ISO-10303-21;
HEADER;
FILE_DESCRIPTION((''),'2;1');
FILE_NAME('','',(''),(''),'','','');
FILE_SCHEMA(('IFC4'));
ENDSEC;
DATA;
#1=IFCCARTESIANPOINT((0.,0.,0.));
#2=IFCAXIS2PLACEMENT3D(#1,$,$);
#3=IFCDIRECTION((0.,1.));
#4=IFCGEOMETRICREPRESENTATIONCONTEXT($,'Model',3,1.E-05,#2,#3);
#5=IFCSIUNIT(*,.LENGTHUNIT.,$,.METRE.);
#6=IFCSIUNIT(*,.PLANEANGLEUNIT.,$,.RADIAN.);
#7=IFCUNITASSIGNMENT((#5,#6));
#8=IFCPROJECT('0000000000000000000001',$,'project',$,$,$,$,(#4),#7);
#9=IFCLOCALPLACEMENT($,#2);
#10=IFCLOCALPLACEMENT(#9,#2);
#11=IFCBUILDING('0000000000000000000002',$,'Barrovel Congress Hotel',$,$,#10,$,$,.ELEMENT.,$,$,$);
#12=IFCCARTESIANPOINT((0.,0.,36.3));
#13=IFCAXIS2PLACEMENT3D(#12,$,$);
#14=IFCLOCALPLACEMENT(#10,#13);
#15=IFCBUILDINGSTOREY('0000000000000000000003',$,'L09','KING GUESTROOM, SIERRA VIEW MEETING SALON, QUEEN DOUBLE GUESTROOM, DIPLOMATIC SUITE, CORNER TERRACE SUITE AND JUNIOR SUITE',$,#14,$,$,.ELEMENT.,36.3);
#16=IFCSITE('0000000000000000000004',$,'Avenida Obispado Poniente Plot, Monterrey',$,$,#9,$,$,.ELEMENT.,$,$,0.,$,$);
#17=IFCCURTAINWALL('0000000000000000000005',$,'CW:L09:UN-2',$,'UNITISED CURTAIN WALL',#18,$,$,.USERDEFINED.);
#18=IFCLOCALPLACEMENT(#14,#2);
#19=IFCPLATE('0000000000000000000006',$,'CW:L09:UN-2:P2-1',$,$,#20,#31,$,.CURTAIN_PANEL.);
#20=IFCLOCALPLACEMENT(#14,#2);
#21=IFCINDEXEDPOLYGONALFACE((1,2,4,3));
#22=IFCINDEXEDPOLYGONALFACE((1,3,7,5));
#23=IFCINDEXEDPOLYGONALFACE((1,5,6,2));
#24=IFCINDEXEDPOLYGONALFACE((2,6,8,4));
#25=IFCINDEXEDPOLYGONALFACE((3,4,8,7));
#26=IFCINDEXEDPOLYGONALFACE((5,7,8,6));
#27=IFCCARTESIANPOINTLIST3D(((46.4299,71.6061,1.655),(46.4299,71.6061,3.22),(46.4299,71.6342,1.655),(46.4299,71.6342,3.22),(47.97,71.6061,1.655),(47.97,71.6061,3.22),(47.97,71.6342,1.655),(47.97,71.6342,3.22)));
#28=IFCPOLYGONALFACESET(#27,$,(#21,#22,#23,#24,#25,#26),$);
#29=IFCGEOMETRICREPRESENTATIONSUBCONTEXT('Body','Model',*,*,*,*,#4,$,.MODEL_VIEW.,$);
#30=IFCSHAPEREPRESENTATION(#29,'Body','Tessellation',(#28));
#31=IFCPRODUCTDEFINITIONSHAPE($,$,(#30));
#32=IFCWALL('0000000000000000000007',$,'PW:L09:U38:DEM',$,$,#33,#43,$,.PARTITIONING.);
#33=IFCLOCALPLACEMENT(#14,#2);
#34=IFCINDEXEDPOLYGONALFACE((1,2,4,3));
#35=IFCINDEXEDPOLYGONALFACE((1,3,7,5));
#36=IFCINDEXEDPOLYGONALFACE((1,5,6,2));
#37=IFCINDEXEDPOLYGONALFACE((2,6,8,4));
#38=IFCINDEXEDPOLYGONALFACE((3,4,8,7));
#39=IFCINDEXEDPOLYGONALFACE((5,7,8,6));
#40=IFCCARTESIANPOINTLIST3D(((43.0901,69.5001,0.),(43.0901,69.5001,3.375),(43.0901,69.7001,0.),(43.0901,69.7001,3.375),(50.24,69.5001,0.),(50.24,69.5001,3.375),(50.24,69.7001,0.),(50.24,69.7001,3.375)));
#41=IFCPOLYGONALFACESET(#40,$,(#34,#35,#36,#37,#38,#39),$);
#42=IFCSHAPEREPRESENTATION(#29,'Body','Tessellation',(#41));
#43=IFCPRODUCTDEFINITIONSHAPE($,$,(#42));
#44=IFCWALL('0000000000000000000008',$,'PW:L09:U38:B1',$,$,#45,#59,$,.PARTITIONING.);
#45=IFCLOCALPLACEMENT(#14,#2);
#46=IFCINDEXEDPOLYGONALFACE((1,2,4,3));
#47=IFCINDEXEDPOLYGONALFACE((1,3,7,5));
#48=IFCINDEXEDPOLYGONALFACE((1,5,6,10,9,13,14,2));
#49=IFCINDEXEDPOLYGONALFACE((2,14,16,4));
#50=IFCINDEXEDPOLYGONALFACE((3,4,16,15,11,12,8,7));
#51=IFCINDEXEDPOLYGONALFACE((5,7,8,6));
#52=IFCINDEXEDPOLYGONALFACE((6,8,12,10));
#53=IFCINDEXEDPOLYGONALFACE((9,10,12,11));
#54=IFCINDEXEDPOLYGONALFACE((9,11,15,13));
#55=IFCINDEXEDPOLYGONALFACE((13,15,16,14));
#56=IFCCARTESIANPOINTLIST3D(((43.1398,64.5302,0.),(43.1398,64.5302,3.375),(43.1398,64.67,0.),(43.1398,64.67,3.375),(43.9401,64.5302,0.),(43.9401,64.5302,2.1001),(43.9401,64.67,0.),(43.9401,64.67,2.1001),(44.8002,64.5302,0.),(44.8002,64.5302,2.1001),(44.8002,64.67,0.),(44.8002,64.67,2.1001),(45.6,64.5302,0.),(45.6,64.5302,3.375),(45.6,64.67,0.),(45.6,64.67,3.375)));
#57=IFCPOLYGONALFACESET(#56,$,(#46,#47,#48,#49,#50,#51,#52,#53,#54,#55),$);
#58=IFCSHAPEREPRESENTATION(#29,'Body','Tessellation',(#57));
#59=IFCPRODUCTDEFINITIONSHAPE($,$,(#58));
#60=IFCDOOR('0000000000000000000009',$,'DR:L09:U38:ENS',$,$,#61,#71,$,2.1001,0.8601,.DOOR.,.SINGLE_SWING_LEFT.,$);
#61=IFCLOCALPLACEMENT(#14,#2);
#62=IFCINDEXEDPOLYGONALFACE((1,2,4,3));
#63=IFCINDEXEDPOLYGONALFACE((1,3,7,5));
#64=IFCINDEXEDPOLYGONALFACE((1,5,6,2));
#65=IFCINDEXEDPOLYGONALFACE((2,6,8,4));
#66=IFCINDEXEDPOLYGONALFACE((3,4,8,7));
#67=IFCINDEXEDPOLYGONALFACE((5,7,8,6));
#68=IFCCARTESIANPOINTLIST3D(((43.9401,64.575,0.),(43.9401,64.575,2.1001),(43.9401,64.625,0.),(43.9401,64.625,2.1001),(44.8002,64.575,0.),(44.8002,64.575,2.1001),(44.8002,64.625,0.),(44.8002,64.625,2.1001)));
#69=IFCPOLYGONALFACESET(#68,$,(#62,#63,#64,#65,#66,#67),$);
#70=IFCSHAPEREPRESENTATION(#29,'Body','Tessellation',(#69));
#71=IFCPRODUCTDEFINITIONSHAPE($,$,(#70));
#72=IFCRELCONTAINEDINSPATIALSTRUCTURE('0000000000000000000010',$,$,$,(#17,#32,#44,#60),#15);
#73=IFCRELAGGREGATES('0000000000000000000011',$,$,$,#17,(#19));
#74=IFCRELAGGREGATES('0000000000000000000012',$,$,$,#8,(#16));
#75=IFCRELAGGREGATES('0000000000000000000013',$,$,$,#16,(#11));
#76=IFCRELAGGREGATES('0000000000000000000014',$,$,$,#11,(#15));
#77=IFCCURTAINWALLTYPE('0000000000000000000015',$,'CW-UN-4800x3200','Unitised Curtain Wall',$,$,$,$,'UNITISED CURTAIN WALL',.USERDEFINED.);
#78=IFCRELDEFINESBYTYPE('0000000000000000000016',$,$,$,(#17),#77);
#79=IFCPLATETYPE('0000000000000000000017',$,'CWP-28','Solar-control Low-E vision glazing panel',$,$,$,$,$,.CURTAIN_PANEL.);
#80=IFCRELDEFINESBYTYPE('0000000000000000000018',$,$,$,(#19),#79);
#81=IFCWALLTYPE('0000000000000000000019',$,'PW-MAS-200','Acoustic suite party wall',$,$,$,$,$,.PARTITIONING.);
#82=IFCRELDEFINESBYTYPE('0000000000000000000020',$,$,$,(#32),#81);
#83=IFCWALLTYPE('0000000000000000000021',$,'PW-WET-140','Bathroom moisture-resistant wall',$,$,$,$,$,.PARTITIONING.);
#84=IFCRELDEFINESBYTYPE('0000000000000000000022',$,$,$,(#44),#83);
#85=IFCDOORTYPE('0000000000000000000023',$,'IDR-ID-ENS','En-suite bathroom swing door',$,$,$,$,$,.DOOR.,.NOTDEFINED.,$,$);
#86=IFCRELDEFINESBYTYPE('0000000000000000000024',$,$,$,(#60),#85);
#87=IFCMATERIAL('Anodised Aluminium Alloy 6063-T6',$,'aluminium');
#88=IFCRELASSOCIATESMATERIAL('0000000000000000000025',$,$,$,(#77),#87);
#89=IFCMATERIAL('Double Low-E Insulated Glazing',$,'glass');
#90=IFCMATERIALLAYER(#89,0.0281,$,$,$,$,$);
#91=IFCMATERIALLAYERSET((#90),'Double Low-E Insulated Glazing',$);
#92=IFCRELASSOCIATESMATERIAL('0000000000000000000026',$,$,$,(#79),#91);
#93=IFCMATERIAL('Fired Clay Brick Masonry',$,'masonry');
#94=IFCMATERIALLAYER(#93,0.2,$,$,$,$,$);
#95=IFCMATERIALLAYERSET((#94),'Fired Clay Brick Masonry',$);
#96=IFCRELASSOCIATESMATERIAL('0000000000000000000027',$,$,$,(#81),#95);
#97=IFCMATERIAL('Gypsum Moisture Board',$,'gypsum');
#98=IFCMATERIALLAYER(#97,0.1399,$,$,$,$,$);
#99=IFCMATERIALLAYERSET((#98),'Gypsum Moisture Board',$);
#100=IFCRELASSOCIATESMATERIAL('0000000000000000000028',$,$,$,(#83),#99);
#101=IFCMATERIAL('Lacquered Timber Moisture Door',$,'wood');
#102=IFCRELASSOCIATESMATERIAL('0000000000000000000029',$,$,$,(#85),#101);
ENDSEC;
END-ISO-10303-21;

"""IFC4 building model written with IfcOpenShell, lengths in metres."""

from ifc_helpers import new_model, si_unit, direction, frame, frame_2d, origin, origin_2d, place, context, subcontext, project, spatial, rectangle, extrude, material, layer, layer_set, type_object, element, fill, aggregate, save


model = new_model("IFC4")

# Units and contexts
model_context = context("Model", 3, precision=1e-05, world=origin(), true_north=direction((0.0, 1.0)))
body_context = subcontext(model_context, "Body", "Model", "MODEL_VIEW")
ifc_project = project(units=[si_unit("LENGTHUNIT", "METRE"), si_unit("PLANEANGLEUNIT", "RADIAN")], contexts=[model_context])

# Site, building, storey
site_placement = place(None, origin())
site = spatial("IfcSite", under=ifc_project, at=site_placement, Name="Avenida Obispado Poniente Plot, Monterrey", CompositionType="ELEMENT", RefElevation=0.0)
building_placement = place(site_placement, origin())
building = spatial("IfcBuilding", under=site, at=building_placement, Name="Barrovel Congress Hotel", CompositionType="ELEMENT")
storey_placement = place(building_placement, frame((0.0, 0.0, 36.3)))
storey = spatial("IfcBuildingStorey", under=building, at=storey_placement, Name="L09", Description="KING GUESTROOM, SIERRA VIEW MEETING SALON, QUEEN DOUBLE GUESTROOM, DIPLOMATIC SUITE, CORNER TERRACE SUITE AND JUNIOR SUITE", CompositionType="ELEMENT", Elevation=36.3)

# Curtain wall, plate
ifc_material_1 = material(Name="Anodised Aluminium Alloy 6063-T6", Category="aluminium")
curtain_wall_type = type_object("IfcCurtainWallType", Name="CW-UN-4800x3200", Description="Unitised Curtain Wall", ElementType="UNITISED CURTAIN WALL", PredefinedType="USERDEFINED", material=ifc_material_1)
curtain_wall_placement = place(storey_placement, origin())
curtain_wall = element("IfcCurtainWall", 1, at=curtain_wall_placement, inside=storey, type_object=curtain_wall_type, Name="CW:L09:UN-2", ObjectType="UNITISED CURTAIN WALL", PredefinedType="USERDEFINED")
ifc_material_2 = material(Name="Double Low-E Insulated Glazing", Category="glass")
ifc_layer_1 = layer(ifc_material_2, 0.0281)
ifc_layer_set_1 = layer_set([ifc_layer_1], Name="Double Low-E Insulated Glazing")
plate_type = type_object("IfcPlateType", Name="CWP-28", Description="Solar-control Low-E vision glazing panel", PredefinedType="CURTAIN_PANEL", material=ifc_layer_set_1)
plate_1_placement = place(storey_placement, frame((47.2, 71.6201, 1.655), z_axis=(0.0, 0.0, 1.0), x_axis=(1.0, 0.0, 0.0)))
plate_1 = element("IfcPlate", 2, at=plate_1_placement, type_object=plate_type, Name="CW:L09:UN-2:P2-1", PredefinedType="CURTAIN_PANEL", context=body_context, shape_type="SweptSolid", body=[
    extrude(rectangle(XDim=1.54, YDim=0.0281, at=origin_2d()), origin(), (0.0, 0.0, 1.0), 1.5649),
])
aggregate(curtain_wall, [plate_1])

# Wall
ifc_material_3 = material(Name="Fired Clay Brick Masonry", Category="masonry")
ifc_layer_2 = layer(ifc_material_3, 0.2)
ifc_layer_set_2 = layer_set([ifc_layer_2], Name="Fired Clay Brick Masonry")
wall_type_1 = type_object("IfcWallType", Name="PW-MAS-200", Description="Acoustic suite party wall", PredefinedType="PARTITIONING", material=ifc_layer_set_2)
wall_1_placement = place(storey_placement, frame((43.0901, 69.6001, 0.0), z_axis=(0.0, 0.0, 1.0), x_axis=(1.0, 0.0, 0.0)))
element("IfcWall", 3, at=wall_1_placement, inside=storey, type_object=wall_type_1, Name="PW:L09:U38:DEM", PredefinedType="PARTITIONING", context=body_context, shape_type="SweptSolid", body=[
    extrude(rectangle(XDim=7.1499, YDim=0.2, at=frame_2d((3.575, 0.0))), origin(), (0.0, 0.0, 1.0), 3.375),
])

# Wall, opening, door
ifc_material_4 = material(Name="Gypsum Moisture Board", Category="gypsum")
ifc_layer_3 = layer(ifc_material_4, 0.1399)
ifc_layer_set_3 = layer_set([ifc_layer_3], Name="Gypsum Moisture Board")
wall_type_2 = type_object("IfcWallType", Name="PW-WET-140", Description="Bathroom moisture-resistant wall", PredefinedType="PARTITIONING", material=ifc_layer_set_3)
wall_2_placement = place(storey_placement, frame((43.1399, 64.6001, 0.0), z_axis=(0.0, 0.0, 1.0), x_axis=(1.0, 0.0, 0.0)))
wall_2 = element("IfcWall", 4, at=wall_2_placement, inside=storey, type_object=wall_type_2, Name="PW:L09:U38:B1", PredefinedType="PARTITIONING", context=body_context, shape_type="SweptSolid", body=[
    extrude(rectangle(XDim=2.4602, YDim=0.1399, at=frame_2d((1.23, 0.0))), origin(), (0.0, 0.0, 1.0), 3.375),
])
opening_placement = place(wall_2_placement, frame((0.8, 0.0, 0.0)))
opening = element("IfcOpeningElement", 5, at=opening_placement, cuts=wall_2, PredefinedType="OPENING", context=body_context, shape_type="SweptSolid", body=[
    extrude(rectangle(XDim=0.8601, YDim=2.1001, at=frame_2d((0.4302, 1.05))), frame((0.0, 0.0801, 0.0), z_axis=(0.0, -1.0, 0.0), x_axis=(1.0, 0.0, 0.0)), (0.0, 0.0, 1.0), 0.1599),
])
ifc_material_5 = material(Name="Lacquered Timber Moisture Door", Category="wood")
door_type = type_object("IfcDoorType", Name="IDR-ID-ENS", Description="En-suite bathroom swing door", OperationType="NOTDEFINED", PredefinedType="DOOR", material=ifc_material_5)
door_placement = place(opening_placement, origin())
door = element("IfcDoor", 6, at=door_placement, inside=storey, type_object=door_type, Name="DR:L09:U38:ENS", OperationType="SINGLE_SWING_LEFT", OverallHeight=2.1001, OverallWidth=0.8601, PredefinedType="DOOR", context=body_context, shape_type="SweptSolid", body=[
    extrude(rectangle(XDim=0.8601, YDim=2.1001, at=frame_2d((0.4302, 1.05))), frame((0.0, 0.0249, 0.0), z_axis=(0.0, -1.0, 0.0), x_axis=(1.0, 0.0, 0.0)), (0.0, 0.0, 1.0), 0.05),
])
fill(opening, door)

save(model, "model.ifc")
